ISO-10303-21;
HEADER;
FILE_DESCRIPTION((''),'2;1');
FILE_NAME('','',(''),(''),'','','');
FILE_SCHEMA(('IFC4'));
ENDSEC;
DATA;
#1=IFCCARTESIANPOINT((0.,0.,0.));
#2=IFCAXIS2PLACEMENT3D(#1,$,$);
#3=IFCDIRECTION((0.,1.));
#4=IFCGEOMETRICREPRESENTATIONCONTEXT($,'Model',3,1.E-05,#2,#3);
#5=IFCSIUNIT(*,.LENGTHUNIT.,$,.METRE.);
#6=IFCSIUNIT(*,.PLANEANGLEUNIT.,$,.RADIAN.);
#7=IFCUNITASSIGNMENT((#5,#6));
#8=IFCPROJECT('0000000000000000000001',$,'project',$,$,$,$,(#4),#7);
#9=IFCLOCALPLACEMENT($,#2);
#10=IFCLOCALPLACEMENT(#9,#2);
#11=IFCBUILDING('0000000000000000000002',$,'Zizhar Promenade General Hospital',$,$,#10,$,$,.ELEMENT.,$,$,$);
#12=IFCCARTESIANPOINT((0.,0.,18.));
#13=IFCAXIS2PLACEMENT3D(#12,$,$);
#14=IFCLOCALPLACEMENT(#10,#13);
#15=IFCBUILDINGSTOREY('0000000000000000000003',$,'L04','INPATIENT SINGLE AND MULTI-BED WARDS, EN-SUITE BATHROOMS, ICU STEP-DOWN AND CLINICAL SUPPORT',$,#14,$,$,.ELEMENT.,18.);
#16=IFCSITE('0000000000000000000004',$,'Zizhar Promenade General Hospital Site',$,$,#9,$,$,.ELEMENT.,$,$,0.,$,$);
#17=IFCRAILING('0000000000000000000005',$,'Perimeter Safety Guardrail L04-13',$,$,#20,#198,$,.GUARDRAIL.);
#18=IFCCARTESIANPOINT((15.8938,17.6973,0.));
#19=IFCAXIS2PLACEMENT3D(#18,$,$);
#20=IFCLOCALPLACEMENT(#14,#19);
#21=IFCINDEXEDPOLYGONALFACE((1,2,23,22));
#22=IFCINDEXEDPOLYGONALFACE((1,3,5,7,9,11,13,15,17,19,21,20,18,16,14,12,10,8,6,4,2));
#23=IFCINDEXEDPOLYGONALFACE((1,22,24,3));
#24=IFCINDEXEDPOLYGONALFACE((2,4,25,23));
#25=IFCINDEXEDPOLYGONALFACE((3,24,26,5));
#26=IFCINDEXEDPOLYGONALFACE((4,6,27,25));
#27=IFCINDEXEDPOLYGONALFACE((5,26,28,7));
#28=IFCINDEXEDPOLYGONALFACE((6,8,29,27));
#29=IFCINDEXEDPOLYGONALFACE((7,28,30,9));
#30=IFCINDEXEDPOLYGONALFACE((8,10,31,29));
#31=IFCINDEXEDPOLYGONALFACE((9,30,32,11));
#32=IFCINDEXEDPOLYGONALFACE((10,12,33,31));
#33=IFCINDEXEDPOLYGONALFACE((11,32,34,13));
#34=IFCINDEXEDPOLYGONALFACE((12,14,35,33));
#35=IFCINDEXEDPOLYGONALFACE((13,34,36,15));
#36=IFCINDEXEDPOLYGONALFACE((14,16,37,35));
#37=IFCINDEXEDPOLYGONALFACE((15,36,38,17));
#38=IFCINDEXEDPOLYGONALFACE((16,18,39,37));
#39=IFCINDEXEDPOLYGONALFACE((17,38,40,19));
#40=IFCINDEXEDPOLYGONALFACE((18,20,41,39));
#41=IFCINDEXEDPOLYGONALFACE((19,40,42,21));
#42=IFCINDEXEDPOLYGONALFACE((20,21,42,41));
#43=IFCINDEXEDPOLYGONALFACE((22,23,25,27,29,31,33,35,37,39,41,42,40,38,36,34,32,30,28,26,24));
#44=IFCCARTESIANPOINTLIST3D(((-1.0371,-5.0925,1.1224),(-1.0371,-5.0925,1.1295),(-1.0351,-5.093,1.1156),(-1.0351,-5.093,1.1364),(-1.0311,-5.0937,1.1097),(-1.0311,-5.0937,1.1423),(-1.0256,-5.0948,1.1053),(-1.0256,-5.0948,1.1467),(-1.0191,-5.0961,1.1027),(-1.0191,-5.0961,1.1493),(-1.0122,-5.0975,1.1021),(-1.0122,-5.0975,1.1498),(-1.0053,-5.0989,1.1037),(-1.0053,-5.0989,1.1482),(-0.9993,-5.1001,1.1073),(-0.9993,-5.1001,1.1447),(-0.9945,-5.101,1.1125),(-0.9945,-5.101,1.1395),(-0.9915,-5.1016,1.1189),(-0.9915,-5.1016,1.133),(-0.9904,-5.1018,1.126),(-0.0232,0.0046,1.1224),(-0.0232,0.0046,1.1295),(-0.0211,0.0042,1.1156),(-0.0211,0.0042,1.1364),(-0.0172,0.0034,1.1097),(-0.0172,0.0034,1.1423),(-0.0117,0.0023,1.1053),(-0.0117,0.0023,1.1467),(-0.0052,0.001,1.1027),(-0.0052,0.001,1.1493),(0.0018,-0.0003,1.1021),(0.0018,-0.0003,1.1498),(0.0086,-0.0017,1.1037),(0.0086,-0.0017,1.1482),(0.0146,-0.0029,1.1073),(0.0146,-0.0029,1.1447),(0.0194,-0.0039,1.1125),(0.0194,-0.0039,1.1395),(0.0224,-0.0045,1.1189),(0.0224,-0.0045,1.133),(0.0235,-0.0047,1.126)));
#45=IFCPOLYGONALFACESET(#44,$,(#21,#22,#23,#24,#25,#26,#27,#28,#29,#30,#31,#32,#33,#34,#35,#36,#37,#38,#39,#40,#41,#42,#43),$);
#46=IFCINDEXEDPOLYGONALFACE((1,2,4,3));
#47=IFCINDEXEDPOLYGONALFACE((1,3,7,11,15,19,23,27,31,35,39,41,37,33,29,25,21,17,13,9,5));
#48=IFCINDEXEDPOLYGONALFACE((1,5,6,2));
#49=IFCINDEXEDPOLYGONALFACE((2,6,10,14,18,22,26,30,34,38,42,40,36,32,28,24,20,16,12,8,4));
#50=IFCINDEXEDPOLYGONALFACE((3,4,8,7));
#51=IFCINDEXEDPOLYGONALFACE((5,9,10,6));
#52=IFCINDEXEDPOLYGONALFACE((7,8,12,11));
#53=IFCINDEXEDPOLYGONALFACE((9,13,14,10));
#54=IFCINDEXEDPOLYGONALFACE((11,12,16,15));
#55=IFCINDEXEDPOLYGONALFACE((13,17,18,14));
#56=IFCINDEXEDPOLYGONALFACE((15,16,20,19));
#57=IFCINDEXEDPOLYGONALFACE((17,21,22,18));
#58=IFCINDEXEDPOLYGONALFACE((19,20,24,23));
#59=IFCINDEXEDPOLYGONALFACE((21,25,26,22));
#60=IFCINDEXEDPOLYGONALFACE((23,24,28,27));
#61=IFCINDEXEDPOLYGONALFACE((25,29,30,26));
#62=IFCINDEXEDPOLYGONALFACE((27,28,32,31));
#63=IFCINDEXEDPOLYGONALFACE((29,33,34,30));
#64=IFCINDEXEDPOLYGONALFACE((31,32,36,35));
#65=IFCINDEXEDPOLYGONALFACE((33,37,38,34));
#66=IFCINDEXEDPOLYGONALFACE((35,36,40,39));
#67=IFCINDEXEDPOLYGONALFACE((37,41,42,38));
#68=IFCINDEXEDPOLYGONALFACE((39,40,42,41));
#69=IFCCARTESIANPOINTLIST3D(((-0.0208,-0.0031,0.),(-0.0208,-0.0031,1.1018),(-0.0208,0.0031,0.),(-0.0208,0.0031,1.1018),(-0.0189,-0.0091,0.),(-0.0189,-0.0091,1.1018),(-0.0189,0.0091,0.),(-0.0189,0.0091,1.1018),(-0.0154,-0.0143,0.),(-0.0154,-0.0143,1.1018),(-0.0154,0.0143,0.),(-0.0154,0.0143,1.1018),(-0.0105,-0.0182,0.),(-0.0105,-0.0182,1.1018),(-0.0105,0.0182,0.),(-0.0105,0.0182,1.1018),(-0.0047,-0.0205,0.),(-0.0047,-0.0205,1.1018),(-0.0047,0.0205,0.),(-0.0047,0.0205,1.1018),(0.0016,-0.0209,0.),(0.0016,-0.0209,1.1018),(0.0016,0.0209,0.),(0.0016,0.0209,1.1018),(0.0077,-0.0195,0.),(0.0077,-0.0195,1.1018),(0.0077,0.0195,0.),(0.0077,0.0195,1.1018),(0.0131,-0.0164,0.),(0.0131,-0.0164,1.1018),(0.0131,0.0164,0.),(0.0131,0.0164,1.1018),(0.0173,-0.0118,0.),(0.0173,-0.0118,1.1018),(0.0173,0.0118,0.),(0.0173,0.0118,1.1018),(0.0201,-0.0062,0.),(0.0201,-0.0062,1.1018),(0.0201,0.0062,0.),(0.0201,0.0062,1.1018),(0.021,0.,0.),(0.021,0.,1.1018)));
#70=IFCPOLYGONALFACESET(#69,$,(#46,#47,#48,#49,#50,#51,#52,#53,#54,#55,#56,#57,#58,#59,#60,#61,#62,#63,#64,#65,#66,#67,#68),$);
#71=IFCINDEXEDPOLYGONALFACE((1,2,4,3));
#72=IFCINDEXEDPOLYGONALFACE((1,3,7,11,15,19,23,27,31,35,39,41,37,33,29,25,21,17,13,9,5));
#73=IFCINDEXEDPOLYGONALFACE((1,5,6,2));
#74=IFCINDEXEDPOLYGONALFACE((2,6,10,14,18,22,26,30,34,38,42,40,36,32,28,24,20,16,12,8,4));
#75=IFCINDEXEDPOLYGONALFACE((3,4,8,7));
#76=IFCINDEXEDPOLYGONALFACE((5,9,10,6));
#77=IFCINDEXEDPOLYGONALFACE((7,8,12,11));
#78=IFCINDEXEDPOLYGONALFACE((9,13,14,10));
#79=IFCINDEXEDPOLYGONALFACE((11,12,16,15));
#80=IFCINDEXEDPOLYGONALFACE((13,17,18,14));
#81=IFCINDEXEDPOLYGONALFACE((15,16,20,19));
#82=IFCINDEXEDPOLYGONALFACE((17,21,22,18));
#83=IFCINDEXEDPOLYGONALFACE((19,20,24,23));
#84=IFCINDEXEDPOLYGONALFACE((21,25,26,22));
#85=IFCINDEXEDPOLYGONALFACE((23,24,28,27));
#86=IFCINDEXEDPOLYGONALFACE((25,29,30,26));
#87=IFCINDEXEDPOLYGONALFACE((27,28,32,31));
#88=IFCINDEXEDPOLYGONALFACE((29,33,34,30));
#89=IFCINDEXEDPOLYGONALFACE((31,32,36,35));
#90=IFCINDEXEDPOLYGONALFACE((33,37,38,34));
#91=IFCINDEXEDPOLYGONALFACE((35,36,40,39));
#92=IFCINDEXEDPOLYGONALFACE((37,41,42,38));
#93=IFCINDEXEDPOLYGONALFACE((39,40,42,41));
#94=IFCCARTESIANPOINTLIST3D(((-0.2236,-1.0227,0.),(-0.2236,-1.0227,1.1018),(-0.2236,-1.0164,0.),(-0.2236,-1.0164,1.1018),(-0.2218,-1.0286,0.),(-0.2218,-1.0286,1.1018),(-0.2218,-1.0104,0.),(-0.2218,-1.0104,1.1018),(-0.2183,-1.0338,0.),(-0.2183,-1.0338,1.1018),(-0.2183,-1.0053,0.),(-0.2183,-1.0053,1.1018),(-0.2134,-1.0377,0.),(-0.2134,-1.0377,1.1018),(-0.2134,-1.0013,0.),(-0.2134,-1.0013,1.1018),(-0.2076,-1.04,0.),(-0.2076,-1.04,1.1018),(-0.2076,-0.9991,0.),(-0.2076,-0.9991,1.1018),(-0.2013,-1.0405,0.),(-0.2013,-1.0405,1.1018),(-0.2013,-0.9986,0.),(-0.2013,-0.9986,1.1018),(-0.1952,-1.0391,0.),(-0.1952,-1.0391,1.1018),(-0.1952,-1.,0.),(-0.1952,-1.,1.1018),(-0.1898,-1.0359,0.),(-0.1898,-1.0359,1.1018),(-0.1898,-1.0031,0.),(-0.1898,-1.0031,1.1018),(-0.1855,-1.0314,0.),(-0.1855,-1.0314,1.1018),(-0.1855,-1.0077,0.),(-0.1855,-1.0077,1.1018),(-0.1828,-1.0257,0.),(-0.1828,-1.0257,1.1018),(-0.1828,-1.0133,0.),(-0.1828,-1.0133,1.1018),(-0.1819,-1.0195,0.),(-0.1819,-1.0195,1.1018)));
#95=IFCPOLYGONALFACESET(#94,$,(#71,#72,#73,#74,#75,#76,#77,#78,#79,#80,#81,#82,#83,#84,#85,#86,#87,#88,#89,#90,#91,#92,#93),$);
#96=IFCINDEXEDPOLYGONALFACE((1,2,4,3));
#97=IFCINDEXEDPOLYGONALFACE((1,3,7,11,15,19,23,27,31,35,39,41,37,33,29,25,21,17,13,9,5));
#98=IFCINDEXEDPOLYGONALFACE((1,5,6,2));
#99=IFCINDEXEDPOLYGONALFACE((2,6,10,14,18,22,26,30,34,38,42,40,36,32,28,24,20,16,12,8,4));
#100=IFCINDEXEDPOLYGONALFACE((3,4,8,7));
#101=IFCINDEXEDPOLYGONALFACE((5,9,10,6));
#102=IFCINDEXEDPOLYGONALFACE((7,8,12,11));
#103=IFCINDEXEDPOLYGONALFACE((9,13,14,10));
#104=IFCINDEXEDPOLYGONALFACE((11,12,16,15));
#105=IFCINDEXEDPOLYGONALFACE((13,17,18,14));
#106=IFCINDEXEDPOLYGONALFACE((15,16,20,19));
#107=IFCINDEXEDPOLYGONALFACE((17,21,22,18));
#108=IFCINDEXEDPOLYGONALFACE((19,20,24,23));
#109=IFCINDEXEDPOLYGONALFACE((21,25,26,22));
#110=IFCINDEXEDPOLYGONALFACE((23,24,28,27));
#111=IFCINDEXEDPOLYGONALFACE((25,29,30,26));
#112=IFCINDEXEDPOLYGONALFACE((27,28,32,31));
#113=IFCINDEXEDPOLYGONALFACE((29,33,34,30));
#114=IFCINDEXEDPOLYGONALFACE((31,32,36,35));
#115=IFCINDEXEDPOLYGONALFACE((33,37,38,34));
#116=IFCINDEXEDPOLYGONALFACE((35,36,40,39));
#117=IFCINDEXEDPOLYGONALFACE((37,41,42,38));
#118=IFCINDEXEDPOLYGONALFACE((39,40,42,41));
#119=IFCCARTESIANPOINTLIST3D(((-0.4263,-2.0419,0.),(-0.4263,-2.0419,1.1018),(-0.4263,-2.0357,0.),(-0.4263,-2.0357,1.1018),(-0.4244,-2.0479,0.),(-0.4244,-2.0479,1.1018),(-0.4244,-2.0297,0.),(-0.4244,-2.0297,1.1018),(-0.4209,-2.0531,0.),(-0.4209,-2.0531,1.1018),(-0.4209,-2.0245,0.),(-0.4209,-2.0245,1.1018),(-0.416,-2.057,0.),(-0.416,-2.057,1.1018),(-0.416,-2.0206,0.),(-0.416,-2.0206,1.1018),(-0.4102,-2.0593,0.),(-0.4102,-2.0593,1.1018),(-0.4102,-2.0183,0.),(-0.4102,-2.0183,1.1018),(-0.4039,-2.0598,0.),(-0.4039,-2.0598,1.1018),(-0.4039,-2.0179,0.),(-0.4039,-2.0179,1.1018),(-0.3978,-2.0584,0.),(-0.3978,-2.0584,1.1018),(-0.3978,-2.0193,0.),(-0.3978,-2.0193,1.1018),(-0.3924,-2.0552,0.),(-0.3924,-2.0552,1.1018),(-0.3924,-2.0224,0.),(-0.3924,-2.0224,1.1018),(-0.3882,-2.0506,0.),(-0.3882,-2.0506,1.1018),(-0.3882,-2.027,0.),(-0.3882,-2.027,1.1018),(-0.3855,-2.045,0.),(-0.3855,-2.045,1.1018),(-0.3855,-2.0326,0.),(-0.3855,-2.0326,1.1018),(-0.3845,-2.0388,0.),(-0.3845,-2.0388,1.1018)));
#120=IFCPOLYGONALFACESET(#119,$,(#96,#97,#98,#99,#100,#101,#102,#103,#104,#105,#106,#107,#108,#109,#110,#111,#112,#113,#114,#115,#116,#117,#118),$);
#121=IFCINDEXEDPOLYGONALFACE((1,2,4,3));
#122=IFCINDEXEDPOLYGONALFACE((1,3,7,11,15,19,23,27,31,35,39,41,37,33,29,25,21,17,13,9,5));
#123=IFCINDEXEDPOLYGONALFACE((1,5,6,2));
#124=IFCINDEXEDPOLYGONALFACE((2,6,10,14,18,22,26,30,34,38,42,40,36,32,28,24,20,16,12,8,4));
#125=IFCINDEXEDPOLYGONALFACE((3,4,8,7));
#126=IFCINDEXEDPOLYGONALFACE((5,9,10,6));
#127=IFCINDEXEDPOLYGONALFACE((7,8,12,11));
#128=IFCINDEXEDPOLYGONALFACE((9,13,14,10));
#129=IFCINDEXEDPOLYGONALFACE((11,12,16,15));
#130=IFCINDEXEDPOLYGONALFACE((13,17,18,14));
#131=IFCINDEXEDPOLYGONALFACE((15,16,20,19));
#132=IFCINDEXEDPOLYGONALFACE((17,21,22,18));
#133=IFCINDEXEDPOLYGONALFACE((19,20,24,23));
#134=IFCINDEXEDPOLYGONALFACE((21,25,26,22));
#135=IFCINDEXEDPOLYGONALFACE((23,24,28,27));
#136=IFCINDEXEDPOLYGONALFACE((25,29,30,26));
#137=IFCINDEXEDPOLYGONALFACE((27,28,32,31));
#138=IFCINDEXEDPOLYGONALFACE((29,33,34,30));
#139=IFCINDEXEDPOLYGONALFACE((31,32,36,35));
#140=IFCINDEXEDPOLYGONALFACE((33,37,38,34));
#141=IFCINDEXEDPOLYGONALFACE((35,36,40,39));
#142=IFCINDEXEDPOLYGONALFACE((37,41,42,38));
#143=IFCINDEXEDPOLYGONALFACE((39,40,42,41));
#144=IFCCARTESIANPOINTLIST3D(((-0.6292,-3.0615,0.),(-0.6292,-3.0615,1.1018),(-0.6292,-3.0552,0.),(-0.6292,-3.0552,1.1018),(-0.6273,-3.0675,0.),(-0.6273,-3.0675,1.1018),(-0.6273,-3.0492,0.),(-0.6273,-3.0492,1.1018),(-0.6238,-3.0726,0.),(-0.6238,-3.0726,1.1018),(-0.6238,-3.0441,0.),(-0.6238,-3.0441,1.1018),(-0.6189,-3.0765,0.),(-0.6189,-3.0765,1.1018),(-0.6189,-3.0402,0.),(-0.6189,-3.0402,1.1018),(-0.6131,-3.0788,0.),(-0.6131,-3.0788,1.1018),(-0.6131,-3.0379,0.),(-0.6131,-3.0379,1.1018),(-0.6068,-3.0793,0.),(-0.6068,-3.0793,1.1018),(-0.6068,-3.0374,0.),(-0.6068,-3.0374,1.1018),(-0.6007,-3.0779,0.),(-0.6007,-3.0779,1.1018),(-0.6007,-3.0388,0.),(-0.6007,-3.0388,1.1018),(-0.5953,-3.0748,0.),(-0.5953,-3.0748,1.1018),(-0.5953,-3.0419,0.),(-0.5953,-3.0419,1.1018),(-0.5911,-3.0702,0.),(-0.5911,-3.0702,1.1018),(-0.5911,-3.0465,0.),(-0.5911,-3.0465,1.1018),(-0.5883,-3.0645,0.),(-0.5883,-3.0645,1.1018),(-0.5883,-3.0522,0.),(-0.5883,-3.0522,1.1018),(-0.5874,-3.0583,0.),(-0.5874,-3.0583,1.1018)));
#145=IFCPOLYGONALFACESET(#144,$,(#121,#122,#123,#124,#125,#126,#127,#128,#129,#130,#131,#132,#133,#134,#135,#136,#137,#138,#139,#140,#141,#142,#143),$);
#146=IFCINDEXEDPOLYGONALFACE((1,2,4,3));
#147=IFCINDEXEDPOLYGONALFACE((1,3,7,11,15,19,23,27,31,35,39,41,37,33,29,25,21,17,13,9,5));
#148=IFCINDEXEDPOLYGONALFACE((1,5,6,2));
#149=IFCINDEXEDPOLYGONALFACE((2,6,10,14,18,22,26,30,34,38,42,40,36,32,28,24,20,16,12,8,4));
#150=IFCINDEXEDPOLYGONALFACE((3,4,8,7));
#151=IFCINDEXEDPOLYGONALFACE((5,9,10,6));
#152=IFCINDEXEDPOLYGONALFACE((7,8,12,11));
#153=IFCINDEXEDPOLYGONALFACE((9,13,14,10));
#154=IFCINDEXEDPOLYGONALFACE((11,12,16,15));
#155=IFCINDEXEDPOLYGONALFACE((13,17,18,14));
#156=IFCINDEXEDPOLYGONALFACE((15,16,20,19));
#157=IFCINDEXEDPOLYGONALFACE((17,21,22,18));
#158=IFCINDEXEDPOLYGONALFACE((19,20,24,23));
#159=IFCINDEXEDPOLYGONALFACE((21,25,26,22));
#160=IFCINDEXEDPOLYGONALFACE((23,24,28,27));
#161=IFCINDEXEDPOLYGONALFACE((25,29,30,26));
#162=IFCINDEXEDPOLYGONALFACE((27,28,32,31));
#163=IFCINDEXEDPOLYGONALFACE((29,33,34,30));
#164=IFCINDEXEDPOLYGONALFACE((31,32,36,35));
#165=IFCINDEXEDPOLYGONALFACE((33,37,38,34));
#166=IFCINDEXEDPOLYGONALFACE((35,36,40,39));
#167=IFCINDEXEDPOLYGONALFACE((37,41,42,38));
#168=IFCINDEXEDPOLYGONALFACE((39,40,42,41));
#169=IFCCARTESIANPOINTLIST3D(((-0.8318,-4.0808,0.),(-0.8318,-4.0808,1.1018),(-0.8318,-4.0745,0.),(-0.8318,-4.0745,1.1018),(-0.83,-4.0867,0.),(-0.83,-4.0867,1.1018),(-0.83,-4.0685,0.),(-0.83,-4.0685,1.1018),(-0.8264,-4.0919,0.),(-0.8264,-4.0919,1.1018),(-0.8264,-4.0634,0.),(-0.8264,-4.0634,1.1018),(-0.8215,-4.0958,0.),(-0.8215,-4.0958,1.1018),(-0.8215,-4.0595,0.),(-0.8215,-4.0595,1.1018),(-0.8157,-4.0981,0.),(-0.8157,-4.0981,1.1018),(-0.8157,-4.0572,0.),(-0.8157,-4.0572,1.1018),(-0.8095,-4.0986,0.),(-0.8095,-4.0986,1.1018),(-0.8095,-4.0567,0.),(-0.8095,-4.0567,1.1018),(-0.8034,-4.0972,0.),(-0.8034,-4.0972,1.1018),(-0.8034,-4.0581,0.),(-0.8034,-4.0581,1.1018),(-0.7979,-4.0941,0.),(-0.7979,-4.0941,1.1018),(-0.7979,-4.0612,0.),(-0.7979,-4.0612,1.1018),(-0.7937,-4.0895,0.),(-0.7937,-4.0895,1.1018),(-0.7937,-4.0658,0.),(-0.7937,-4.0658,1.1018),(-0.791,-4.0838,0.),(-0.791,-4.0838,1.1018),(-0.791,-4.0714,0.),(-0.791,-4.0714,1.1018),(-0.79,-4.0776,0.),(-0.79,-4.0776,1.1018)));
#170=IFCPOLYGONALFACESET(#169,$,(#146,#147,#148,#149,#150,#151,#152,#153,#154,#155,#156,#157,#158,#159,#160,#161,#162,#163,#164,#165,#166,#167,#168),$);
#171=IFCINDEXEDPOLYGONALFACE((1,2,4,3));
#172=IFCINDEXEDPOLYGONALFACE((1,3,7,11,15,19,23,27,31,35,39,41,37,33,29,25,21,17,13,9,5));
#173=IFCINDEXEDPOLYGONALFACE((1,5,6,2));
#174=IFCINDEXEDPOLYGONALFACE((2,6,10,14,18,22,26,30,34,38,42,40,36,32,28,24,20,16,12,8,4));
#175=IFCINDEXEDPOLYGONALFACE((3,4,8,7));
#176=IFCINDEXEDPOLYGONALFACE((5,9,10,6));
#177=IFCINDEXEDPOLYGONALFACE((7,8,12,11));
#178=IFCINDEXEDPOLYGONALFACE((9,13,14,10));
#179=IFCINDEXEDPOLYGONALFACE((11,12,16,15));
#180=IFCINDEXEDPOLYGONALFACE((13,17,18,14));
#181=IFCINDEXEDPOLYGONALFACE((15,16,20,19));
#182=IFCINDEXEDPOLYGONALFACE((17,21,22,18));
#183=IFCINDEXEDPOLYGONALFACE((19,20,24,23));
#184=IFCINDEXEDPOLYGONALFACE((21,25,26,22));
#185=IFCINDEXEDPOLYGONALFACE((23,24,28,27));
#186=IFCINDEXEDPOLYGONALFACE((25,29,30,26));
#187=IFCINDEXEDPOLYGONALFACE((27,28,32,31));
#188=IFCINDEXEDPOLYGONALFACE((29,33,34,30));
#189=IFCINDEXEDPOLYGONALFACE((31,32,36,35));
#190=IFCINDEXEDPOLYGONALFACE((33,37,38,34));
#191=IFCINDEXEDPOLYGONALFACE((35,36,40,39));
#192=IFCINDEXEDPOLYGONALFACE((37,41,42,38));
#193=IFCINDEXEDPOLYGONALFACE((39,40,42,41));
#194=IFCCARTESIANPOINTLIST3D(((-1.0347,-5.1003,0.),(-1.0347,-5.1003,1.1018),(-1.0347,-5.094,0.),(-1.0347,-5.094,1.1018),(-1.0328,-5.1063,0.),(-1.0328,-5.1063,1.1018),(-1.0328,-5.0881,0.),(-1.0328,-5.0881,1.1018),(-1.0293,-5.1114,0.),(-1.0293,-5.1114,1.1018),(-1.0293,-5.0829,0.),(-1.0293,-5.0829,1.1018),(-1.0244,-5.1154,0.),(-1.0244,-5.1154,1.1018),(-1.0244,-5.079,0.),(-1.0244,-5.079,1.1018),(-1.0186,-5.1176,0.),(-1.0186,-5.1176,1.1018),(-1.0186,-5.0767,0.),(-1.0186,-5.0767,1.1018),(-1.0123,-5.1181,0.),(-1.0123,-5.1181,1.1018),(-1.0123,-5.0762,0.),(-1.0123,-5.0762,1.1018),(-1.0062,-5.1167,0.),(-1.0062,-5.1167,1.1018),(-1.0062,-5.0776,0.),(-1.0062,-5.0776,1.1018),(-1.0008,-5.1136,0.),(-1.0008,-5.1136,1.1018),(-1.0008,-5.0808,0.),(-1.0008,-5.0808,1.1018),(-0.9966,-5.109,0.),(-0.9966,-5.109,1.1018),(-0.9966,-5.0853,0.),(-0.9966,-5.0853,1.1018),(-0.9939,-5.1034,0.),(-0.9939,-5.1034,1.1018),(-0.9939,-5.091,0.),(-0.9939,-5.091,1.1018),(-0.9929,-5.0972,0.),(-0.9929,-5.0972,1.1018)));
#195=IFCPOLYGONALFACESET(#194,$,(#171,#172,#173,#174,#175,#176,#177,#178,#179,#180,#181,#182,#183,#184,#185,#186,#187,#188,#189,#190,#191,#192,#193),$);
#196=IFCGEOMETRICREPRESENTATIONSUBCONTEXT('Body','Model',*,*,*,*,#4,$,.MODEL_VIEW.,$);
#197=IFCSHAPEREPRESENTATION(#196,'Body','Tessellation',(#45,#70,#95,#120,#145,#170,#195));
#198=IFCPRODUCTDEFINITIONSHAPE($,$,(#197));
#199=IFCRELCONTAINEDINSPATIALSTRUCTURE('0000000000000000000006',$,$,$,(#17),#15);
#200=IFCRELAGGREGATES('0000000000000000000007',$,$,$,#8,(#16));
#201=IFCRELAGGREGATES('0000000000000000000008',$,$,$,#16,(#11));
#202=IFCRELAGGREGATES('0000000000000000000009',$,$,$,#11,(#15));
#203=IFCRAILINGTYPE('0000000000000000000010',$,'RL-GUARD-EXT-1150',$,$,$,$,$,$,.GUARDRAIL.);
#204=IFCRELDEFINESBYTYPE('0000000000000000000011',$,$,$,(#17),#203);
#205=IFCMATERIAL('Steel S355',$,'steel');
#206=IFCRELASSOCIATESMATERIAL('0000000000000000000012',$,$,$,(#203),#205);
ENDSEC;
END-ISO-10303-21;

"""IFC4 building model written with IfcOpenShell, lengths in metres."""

from ifc_helpers import new_model, si_unit, direction, frame, origin, origin_2d, place, context, subcontext, project, spatial, hollow_rectangle, circle, extrude, material, material_profile, profile_set, type_object, element, save


model = new_model("IFC4")

# Units and contexts
model_context = context("Model", 3, precision=1e-05, world=origin(), true_north=direction((0.0, 1.0)))
body_context = subcontext(model_context, "Body", "Model", "MODEL_VIEW")
ifc_project = project(units=[si_unit("LENGTHUNIT", "METRE"), si_unit("PLANEANGLEUNIT", "RADIAN")], contexts=[model_context])

# Site, building, storey
site_placement = place(None, origin())
site = spatial("IfcSite", under=ifc_project, at=site_placement, Name="Zizhar Promenade General Hospital Site", CompositionType="ELEMENT", RefElevation=0.0)
building_placement = place(site_placement, origin())
building = spatial("IfcBuilding", under=site, at=building_placement, Name="Zizhar Promenade General Hospital", CompositionType="ELEMENT")
storey_placement = place(building_placement, frame((0.0, 0.0, 18.0)))
storey = spatial("IfcBuildingStorey", under=building, at=storey_placement, Name="L04", Description="INPATIENT SINGLE AND MULTI-BED WARDS, EN-SUITE BATHROOMS, ICU STEP-DOWN AND CLINICAL SUPPORT", CompositionType="ELEMENT", Elevation=18.0)

# Railing
ifc_material_1 = material(Name="Steel S355", Category="steel")
ifc_material_profile_1 = material_profile(ifc_material_1, hollow_rectangle(XDim=0.0601, YDim=0.1201, WallThickness=0.0039, at=origin_2d()))
ifc_profile_set_1 = profile_set([ifc_material_profile_1], Name="Steel S355")
railing_type = type_object("IfcRailingType", Name="RL-GUARD-EXT-1150", PredefinedType="GUARDRAIL", material=ifc_profile_set_1)
railing_1_placement = place(storey_placement, frame((15.8938, 17.6973, 0.0)))
element("IfcRailing", 1, at=railing_1_placement, inside=storey, type_object=railing_type, Name="Perimeter Safety Guardrail L04-13", PredefinedType="GUARDRAIL", context=body_context, shape_type="SweptSolid", body=[
    extrude(circle(Radius=0.0239, at=origin_2d()), frame((0.0, 0.0, 1.126), z_axis=(-0.195095, -0.980784, 0.0), x_axis=(0.980784, -0.195095, 0.0)), (0.0, 0.0, 1.0), 5.197),
    extrude(circle(Radius=0.021, at=origin_2d()), origin(), (0.0, 0.0, 1.0), 1.1018),
    extrude(circle(Radius=0.021, at=origin_2d()), frame((-0.2029, -1.0195, 0.0)), (0.0, 0.0, 1.0), 1.1018),
    extrude(circle(Radius=0.021, at=origin_2d()), frame((-0.4055, -2.0388, 0.0)), (0.0, 0.0, 1.0), 1.1018),
    extrude(circle(Radius=0.021, at=origin_2d()), frame((-0.6084, -3.0583, 0.0)), (0.0, 0.0, 1.0), 1.1018),
    extrude(circle(Radius=0.021, at=origin_2d()), frame((-0.811, -4.0776, 0.0)), (0.0, 0.0, 1.0), 1.1018),
    extrude(circle(Radius=0.021, at=origin_2d()), frame((-1.0139, -5.0972, 0.0)), (0.0, 0.0, 1.0), 1.1018),
])

save(model, "model.ifc")
